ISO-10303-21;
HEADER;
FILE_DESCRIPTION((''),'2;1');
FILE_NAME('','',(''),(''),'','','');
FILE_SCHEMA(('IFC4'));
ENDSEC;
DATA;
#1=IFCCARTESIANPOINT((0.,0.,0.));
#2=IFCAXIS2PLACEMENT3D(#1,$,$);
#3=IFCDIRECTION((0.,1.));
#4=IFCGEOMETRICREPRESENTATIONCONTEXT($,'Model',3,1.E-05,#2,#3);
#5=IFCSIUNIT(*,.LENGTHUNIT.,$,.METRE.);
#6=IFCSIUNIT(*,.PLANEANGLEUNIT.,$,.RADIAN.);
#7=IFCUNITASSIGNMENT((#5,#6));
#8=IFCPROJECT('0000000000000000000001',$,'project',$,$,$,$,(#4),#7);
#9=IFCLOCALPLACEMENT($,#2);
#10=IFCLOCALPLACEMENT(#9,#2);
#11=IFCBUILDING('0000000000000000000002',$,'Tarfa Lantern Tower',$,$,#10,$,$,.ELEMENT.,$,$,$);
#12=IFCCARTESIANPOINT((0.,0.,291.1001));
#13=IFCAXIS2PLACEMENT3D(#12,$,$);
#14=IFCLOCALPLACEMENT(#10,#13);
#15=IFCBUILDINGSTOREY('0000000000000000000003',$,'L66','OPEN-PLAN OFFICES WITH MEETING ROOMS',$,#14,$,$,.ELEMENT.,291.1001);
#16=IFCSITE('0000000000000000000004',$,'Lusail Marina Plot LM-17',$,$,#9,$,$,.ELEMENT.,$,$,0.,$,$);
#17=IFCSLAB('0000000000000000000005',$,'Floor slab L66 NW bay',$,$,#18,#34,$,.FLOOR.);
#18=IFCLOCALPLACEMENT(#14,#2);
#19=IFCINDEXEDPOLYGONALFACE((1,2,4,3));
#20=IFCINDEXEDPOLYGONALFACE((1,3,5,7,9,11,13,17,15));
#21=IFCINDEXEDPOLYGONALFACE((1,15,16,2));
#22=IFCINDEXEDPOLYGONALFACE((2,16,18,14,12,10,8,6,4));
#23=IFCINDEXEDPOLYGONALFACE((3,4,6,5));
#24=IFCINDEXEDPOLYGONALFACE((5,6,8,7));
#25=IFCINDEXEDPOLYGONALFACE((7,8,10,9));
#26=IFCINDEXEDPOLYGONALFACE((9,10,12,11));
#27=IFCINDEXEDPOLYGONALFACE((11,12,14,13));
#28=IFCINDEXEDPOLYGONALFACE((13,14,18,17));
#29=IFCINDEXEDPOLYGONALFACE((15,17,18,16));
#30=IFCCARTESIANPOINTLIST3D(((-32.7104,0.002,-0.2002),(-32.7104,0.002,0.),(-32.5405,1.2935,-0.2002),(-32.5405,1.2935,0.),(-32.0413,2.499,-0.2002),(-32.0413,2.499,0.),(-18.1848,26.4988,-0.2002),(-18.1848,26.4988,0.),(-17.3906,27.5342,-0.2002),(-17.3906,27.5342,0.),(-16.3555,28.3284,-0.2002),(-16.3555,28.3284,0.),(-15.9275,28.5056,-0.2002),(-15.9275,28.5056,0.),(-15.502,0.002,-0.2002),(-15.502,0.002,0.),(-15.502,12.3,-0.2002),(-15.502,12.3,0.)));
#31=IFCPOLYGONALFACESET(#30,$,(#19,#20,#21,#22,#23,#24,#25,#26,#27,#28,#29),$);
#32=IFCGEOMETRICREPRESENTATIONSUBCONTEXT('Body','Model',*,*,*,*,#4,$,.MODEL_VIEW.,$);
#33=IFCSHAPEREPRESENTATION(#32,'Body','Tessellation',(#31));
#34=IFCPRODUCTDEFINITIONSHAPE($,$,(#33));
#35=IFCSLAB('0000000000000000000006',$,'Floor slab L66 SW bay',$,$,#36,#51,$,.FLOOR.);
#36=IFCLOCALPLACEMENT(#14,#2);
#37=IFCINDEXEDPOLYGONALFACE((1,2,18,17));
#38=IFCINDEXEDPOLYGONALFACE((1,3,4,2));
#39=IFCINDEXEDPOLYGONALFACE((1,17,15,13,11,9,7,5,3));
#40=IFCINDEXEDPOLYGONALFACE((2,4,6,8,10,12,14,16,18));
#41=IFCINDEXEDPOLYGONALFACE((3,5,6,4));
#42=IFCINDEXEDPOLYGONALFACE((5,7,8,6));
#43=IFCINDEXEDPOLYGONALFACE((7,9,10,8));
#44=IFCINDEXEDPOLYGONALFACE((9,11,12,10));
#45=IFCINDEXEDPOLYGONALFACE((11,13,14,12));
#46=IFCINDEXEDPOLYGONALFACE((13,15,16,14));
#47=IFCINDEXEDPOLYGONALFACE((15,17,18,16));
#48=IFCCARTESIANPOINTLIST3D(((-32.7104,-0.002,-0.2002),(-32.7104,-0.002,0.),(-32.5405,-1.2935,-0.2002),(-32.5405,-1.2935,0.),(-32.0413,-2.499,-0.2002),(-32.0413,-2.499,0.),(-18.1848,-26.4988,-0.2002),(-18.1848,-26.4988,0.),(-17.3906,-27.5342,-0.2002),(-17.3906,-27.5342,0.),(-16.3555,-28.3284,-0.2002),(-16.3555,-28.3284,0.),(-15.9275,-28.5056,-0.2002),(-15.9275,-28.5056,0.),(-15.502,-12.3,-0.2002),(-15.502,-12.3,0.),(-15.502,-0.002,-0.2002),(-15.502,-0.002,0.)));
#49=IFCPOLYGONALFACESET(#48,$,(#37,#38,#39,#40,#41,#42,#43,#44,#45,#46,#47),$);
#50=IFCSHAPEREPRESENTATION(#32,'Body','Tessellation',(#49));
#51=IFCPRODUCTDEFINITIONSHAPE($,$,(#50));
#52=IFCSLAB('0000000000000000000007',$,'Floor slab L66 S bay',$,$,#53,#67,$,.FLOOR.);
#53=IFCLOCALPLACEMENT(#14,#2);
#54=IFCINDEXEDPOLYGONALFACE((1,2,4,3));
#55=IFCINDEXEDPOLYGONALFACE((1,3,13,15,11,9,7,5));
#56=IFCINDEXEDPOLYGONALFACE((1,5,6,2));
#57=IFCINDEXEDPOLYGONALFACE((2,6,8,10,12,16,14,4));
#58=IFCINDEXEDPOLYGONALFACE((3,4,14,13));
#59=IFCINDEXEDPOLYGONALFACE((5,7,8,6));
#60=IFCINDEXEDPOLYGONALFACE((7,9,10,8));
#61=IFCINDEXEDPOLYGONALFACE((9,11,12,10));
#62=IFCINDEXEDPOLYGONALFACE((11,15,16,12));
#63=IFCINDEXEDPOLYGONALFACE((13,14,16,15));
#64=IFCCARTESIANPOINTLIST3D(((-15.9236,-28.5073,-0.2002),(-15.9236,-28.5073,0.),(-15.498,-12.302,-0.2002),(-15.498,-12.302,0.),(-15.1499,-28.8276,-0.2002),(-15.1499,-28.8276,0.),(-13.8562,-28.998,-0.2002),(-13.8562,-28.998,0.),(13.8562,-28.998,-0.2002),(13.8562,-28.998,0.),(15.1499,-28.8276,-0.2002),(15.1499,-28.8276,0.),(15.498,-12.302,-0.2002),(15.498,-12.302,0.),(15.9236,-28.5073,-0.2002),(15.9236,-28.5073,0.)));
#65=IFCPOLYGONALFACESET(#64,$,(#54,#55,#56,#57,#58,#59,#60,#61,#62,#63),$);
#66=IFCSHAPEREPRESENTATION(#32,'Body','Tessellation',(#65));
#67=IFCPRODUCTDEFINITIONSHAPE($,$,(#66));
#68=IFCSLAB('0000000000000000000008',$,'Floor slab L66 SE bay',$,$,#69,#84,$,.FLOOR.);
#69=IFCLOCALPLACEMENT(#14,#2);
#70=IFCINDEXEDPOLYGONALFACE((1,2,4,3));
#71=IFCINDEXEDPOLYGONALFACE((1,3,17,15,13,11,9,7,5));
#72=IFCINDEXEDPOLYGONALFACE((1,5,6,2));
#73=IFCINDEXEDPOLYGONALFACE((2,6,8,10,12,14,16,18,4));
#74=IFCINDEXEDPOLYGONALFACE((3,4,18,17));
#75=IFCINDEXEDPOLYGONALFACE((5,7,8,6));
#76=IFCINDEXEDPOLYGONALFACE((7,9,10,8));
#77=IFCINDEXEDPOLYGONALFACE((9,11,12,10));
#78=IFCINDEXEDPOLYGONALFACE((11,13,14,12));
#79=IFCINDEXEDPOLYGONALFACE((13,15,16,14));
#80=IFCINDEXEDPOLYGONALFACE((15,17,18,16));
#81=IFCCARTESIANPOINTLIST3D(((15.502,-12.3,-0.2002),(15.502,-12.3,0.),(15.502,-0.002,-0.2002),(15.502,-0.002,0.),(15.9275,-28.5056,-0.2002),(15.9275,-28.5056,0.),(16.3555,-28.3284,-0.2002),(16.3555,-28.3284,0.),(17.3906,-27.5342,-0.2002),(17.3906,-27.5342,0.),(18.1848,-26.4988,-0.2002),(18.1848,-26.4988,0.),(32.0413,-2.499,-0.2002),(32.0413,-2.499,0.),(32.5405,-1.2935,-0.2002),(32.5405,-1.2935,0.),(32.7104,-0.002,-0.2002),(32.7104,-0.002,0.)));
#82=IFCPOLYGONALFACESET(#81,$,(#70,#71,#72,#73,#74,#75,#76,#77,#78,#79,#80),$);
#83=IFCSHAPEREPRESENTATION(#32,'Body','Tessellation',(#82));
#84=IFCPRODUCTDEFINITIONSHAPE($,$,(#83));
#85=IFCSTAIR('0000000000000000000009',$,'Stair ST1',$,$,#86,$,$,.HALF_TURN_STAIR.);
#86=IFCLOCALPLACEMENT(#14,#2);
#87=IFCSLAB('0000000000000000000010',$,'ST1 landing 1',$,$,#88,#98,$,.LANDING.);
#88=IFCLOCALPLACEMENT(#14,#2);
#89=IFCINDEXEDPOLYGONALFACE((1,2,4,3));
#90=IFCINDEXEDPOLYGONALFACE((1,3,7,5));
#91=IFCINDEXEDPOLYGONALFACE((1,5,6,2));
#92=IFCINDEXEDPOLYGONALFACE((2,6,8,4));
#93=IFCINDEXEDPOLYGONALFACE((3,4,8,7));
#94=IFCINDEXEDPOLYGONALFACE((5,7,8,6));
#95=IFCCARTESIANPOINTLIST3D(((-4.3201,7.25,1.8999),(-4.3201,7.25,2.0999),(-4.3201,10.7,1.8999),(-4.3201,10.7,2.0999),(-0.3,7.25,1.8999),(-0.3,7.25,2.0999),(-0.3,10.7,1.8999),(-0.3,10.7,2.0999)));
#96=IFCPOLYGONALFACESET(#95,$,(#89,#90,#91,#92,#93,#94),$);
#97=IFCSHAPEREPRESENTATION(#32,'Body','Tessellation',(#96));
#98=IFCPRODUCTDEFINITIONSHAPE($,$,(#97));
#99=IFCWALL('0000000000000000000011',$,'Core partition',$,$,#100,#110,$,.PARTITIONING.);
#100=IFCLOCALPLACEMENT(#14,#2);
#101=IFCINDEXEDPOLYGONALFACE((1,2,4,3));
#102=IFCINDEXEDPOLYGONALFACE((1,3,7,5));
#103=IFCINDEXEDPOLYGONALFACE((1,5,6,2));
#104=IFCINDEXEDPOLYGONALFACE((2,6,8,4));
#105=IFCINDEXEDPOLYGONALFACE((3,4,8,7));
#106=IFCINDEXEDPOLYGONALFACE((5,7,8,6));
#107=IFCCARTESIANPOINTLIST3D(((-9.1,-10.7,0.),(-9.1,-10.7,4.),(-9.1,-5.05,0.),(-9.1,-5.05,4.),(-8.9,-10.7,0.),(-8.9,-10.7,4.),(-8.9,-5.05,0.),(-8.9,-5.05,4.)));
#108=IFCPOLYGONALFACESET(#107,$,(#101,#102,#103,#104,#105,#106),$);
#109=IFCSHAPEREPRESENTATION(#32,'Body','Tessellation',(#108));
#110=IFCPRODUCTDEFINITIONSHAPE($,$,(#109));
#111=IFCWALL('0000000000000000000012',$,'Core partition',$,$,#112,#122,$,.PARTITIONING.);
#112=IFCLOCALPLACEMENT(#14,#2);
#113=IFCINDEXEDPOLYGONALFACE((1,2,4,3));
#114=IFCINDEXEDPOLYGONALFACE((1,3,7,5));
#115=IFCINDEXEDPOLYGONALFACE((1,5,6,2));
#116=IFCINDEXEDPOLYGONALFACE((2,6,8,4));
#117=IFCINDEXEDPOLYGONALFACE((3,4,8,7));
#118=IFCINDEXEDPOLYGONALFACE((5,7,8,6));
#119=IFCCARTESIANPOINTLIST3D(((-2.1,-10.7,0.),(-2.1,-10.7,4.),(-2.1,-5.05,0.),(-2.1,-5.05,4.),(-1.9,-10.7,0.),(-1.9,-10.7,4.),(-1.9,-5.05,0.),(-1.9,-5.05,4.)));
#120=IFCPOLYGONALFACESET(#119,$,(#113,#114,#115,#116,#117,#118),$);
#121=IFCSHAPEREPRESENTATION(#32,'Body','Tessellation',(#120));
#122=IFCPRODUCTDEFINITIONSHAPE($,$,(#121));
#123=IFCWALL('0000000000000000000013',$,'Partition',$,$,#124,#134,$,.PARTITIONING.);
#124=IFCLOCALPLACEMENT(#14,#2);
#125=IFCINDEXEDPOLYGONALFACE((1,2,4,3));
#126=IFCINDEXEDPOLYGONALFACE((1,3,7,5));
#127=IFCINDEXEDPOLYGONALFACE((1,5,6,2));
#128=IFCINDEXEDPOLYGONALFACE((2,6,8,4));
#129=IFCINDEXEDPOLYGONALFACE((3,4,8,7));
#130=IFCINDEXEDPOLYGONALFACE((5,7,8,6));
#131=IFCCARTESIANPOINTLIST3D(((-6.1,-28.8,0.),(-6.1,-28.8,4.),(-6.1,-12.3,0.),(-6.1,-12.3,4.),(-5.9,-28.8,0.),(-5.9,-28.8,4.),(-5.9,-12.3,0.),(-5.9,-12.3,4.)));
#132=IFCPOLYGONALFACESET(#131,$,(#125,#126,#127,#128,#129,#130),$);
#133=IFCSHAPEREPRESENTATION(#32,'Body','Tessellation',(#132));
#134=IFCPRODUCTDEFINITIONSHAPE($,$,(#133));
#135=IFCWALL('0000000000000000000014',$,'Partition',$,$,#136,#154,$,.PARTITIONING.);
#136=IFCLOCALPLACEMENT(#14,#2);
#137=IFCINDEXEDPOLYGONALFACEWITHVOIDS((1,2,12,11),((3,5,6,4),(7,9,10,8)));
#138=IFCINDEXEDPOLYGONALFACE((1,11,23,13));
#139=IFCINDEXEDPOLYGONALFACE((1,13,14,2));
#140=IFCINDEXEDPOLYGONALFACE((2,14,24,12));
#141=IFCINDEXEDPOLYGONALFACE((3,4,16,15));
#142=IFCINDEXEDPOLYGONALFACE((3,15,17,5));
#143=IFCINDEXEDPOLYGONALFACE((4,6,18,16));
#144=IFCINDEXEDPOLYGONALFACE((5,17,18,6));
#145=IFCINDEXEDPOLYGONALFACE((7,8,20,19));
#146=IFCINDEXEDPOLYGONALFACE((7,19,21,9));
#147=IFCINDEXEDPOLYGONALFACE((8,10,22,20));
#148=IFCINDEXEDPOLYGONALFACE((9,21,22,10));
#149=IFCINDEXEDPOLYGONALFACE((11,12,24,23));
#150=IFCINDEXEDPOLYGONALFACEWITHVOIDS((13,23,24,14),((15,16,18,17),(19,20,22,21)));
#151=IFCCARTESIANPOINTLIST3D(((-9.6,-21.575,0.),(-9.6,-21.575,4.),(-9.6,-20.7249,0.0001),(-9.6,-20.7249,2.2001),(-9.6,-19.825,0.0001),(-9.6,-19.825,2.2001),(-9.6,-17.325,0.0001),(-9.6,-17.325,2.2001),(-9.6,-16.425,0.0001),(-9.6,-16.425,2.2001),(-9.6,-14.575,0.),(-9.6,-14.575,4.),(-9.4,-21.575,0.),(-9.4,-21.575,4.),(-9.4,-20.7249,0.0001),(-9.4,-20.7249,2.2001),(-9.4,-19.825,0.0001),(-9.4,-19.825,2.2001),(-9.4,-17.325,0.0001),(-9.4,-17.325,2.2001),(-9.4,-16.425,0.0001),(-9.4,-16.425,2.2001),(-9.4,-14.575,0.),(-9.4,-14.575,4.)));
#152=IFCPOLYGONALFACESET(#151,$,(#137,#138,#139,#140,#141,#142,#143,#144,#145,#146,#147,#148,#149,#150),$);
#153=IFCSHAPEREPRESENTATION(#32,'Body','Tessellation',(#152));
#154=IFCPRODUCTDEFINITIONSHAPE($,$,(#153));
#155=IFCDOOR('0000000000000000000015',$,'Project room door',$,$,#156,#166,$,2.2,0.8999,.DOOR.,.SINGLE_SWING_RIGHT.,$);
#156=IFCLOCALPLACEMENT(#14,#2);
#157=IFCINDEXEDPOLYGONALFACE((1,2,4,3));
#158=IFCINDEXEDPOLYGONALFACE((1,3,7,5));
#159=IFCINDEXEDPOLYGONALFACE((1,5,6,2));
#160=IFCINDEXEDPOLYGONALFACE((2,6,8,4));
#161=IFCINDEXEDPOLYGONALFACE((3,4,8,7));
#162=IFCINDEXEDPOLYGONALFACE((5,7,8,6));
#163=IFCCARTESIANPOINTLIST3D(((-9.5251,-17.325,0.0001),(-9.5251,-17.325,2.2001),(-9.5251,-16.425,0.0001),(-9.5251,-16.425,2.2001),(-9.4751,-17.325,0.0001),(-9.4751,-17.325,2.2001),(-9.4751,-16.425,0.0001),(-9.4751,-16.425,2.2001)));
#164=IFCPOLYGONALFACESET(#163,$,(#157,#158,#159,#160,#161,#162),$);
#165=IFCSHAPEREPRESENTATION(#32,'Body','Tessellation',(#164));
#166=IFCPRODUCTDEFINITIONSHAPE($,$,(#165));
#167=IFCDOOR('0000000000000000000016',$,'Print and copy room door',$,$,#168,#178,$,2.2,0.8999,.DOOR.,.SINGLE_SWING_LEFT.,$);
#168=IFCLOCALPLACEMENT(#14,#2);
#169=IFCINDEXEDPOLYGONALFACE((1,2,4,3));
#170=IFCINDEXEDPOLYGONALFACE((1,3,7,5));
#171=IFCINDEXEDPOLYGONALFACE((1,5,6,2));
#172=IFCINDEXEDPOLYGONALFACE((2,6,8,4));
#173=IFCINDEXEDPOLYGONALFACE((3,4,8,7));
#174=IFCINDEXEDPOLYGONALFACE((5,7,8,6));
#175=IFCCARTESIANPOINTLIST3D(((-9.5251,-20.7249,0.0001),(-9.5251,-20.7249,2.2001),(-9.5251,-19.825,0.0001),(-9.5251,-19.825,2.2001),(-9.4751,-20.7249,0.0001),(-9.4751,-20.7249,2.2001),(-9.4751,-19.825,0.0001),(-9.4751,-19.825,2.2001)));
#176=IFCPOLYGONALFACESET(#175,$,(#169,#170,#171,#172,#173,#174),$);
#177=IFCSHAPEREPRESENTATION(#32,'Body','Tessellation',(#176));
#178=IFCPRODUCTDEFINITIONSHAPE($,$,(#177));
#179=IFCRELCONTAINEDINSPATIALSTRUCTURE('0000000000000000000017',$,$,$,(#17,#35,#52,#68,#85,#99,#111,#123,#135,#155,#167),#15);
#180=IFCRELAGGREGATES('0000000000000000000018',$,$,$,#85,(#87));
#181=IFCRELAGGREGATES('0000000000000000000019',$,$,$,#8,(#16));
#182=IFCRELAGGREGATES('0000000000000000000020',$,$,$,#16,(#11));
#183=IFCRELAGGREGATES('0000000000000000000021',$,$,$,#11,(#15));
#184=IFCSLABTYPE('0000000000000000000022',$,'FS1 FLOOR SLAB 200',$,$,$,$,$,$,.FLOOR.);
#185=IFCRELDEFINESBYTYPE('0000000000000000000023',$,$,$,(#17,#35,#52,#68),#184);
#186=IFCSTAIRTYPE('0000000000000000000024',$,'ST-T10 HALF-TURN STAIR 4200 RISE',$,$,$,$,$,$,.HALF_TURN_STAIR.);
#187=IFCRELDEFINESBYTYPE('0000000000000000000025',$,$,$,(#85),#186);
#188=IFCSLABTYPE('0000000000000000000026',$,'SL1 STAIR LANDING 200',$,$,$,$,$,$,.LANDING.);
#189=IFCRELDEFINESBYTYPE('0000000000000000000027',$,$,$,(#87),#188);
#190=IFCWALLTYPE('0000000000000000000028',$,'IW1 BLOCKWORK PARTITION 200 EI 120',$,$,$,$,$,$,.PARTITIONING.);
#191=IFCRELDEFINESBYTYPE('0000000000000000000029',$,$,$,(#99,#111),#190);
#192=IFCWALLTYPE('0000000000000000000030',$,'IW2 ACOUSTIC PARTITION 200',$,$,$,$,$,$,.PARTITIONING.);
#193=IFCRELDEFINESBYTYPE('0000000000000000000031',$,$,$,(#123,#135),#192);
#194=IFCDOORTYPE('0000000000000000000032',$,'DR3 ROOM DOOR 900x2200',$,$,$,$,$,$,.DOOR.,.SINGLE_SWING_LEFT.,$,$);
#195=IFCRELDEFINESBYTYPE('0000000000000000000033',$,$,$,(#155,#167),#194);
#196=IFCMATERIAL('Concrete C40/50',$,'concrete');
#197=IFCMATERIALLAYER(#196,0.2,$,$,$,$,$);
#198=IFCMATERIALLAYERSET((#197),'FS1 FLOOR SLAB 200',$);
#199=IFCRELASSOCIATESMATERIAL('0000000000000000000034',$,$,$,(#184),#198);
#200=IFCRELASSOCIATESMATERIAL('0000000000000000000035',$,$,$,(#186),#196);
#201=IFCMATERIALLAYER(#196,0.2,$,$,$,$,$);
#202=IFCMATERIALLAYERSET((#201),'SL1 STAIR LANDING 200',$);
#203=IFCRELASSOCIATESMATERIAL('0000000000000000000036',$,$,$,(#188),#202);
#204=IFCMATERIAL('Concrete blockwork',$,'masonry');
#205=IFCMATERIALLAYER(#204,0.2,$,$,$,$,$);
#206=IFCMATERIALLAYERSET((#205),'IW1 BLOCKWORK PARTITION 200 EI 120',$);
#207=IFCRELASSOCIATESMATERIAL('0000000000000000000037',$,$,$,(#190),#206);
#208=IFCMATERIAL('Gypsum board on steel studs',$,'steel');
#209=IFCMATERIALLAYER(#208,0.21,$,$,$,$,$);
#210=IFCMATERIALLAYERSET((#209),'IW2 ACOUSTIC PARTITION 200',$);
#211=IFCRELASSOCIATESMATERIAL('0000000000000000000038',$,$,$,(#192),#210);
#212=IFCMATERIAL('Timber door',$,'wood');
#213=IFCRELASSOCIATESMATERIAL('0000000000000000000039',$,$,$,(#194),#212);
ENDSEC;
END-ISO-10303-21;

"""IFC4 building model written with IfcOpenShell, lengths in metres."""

from ifc_helpers import new_model, si_unit, direction, frame, frame_2d, origin, place, context, subcontext, project, spatial, polyline, rectangle, outline, extrude, material, layer, layer_set, type_object, element, fill, aggregate, save


model = new_model("IFC4")

# Units and contexts
model_context = context("Model", 3, precision=1e-05, world=origin(), true_north=direction((0.0, 1.0)))
body_context = subcontext(model_context, "Body", "Model", "MODEL_VIEW")
ifc_project = project(units=[si_unit("LENGTHUNIT", "METRE"), si_unit("PLANEANGLEUNIT", "RADIAN")], contexts=[model_context])

# Site, building, storey
site_placement = place(None, origin())
site = spatial("IfcSite", under=ifc_project, at=site_placement, Name="Lusail Marina Plot LM-17", CompositionType="ELEMENT", RefElevation=0.0)
building_placement = place(site_placement, origin())
building = spatial("IfcBuilding", under=site, at=building_placement, Name="Tarfa Lantern Tower", CompositionType="ELEMENT")
storey_placement = place(building_placement, frame((0.0, 0.0, 291.1001)))
storey = spatial("IfcBuildingStorey", under=building, at=storey_placement, Name="L66", Description="OPEN-PLAN OFFICES WITH MEETING ROOMS", CompositionType="ELEMENT", Elevation=291.1001)

# Slabs
ifc_material_1 = material(Name="Concrete C40/50", Category="concrete")
ifc_layer_1 = layer(ifc_material_1, 0.2)
ifc_layer_set_1 = layer_set([ifc_layer_1], Name="FS1 FLOOR SLAB 200")
slab_type_1 = type_object("IfcSlabType", Name="FS1 FLOOR SLAB 200", PredefinedType="FLOOR", material=ifc_layer_set_1)
slab_1_placement = place(storey_placement, frame((0.0, 0.0, -0.2002)))
element("IfcSlab", 1, at=slab_1_placement, inside=storey, type_object=slab_type_1, Name="Floor slab L66 NW bay", PredefinedType="FLOOR", context=body_context, shape_type="SweptSolid", body=[
    extrude(outline(polyline([(-15.502, 0.002), (-15.502, 12.3), (-15.9275, 28.5056), (-16.3555, 28.3284), (-17.3906, 27.5342), (-18.1848, 26.4988), (-32.0413, 2.499), (-32.5405, 1.2935), (-32.7104, 0.002), (-15.502, 0.002)])), origin(), (0.0, 0.0, 1.0), 0.2002),
])
slab_2_placement = place(storey_placement, frame((0.0, 0.0, -0.2002)))
element("IfcSlab", 2, at=slab_2_placement, inside=storey, type_object=slab_type_1, Name="Floor slab L66 SW bay", PredefinedType="FLOOR", context=body_context, shape_type="SweptSolid", body=[
    extrude(outline(polyline([(-15.502, -12.3), (-15.502, -0.002), (-32.7104, -0.002), (-32.5405, -1.2935), (-32.0413, -2.499), (-18.1848, -26.4988), (-17.3906, -27.5342), (-16.3555, -28.3284), (-15.9275, -28.5056), (-15.502, -12.3)])), origin(), (0.0, 0.0, 1.0), 0.2002),
])
slab_3_placement = place(storey_placement, frame((0.0, 0.0, -0.2002)))
element("IfcSlab", 3, at=slab_3_placement, inside=storey, type_object=slab_type_1, Name="Floor slab L66 S bay", PredefinedType="FLOOR", context=body_context, shape_type="SweptSolid", body=[
    extrude(outline(polyline([(15.498, -12.302), (-15.498, -12.302), (-15.9236, -28.5073), (-15.1499, -28.8276), (-13.8562, -28.998), (13.8562, -28.998), (15.1499, -28.8276), (15.9236, -28.5073), (15.498, -12.302)])), origin(), (0.0, 0.0, 1.0), 0.2002),
])
slab_4_placement = place(storey_placement, frame((0.0, 0.0, -0.2002)))
element("IfcSlab", 4, at=slab_4_placement, inside=storey, type_object=slab_type_1, Name="Floor slab L66 SE bay", PredefinedType="FLOOR", context=body_context, shape_type="SweptSolid", body=[
    extrude(outline(polyline([(15.502, -0.002), (15.502, -12.3), (15.9275, -28.5056), (16.3555, -28.3284), (17.3906, -27.5342), (18.1848, -26.4988), (32.0413, -2.499), (32.5405, -1.2935), (32.7104, -0.002), (15.502, -0.002)])), origin(), (0.0, 0.0, 1.0), 0.2002),
])

# Stair, slab
stair_type = type_object("IfcStairType", Name="ST-T10 HALF-TURN STAIR 4200 RISE", PredefinedType="HALF_TURN_STAIR", material=ifc_material_1)
stair_placement = place(storey_placement, origin())
stair = element("IfcStair", 5, at=stair_placement, inside=storey, type_object=stair_type, Name="Stair ST1", PredefinedType="HALF_TURN_STAIR")
ifc_layer_2 = layer(ifc_material_1, 0.2)
ifc_layer_set_2 = layer_set([ifc_layer_2], Name="SL1 STAIR LANDING 200")
slab_type_2 = type_object("IfcSlabType", Name="SL1 STAIR LANDING 200", PredefinedType="LANDING", material=ifc_layer_set_2)
slab_5_placement = place(storey_placement, frame((0.0, 0.0, 1.8999)))
slab_5 = element("IfcSlab", 6, at=slab_5_placement, type_object=slab_type_2, Name="ST1 landing 1", PredefinedType="LANDING", context=body_context, shape_type="SweptSolid", body=[
    extrude(outline(polyline([(-4.3201, 7.25), (-0.3, 7.25), (-0.3, 10.7), (-4.3201, 10.7), (-4.3201, 7.25)])), origin(), (0.0, 0.0, 1.0), 0.2),
])
aggregate(stair, [slab_5])

# Walls
ifc_material_2 = material(Name="Concrete blockwork", Category="masonry")
ifc_layer_3 = layer(ifc_material_2, 0.2)
ifc_layer_set_3 = layer_set([ifc_layer_3], Name="IW1 BLOCKWORK PARTITION 200 EI 120")
wall_type_1 = type_object("IfcWallType", Name="IW1 BLOCKWORK PARTITION 200 EI 120", PredefinedType="PARTITIONING", material=ifc_layer_set_3)
for number, where, z_axis, x_axis, name in (
    (7, (-9.0, -5.05, 0.0), (0.0, 0.0, 1.0), (0.0, -1.0, 0.0), "Core partition"),
    (8, (-2.0, -5.05, 0.0), (0.0, 0.0, 1.0), (0.0, -1.0, 0.0), "Core partition"),
):
    element("IfcWall", number, at=place(storey_placement, frame(where, z_axis=z_axis, x_axis=x_axis)), inside=storey, type_object=wall_type_1, Name=name, PredefinedType="PARTITIONING", context=body_context, shape_type="SweptSolid", body=[
        extrude(rectangle(XDim=5.6499, YDim=0.2, at=frame_2d((2.825, 0.0))), origin(), (0.0, 0.0, 1.0), 4.0),
    ])
ifc_material_3 = material(Name="Gypsum board on steel studs", Category="steel")
ifc_layer_4 = layer(ifc_material_3, 0.21)
ifc_layer_set_4 = layer_set([ifc_layer_4], Name="IW2 ACOUSTIC PARTITION 200")
wall_type_2 = type_object("IfcWallType", Name="IW2 ACOUSTIC PARTITION 200", PredefinedType="PARTITIONING", material=ifc_layer_set_4)
wall_1_placement = place(storey_placement, frame((-6.0, -12.3, 0.0), z_axis=(0.0, 0.0, 1.0), x_axis=(0.0, -1.0, 0.0)))
element("IfcWall", 9, at=wall_1_placement, inside=storey, type_object=wall_type_2, Name="Partition", PredefinedType="PARTITIONING", context=body_context, shape_type="SweptSolid", body=[
    extrude(rectangle(XDim=16.5, YDim=0.2, at=frame_2d((8.25, 0.0))), origin(), (0.0, 0.0, 1.0), 4.0),
])

# Wall, openings, doors
wall_2_placement = place(storey_placement, frame((-9.5, -14.575, 0.0), z_axis=(0.0, 0.0, 1.0), x_axis=(0.0, -1.0, 0.0)))
wall_2 = element("IfcWall", 10, at=wall_2_placement, inside=storey, type_object=wall_type_2, Name="Partition", PredefinedType="PARTITIONING", context=body_context, shape_type="SweptSolid", body=[
    extrude(rectangle(XDim=7.0, YDim=0.2, at=frame_2d((3.5, 0.0))), origin(), (0.0, 0.0, 1.0), 4.0),
])
opening_1_placement = place(wall_2_placement, frame((1.8501, 0.0, 0.0)))
opening_1 = element("IfcOpeningElement", 11, at=opening_1_placement, cuts=wall_2, PredefinedType="OPENING", context=body_context, shape_type="SweptSolid", body=[
    extrude(rectangle(XDim=0.8999, YDim=2.2, at=frame_2d((0.45, 1.1001))), frame((0.0, 0.1099, 0.0), z_axis=(0.0, -1.0, 0.0), x_axis=(1.0, 0.0, 0.0)), (0.0, 0.0, 1.0), 0.22),
])
opening_2_placement = place(wall_2_placement, frame((5.25, 0.0, 0.0)))
opening_2 = element("IfcOpeningElement", 12, at=opening_2_placement, cuts=wall_2, PredefinedType="OPENING", context=body_context, shape_type="SweptSolid", body=[
    extrude(rectangle(XDim=0.8999, YDim=2.2, at=frame_2d((0.45, 1.1001))), frame((0.0, 0.1099, 0.0), z_axis=(0.0, -1.0, 0.0), x_axis=(1.0, 0.0, 0.0)), (0.0, 0.0, 1.0), 0.22),
])
ifc_material_4 = material(Name="Timber door", Category="wood")
door_type_1 = type_object("IfcDoorType", Name="DR3 ROOM DOOR 900x2200", OperationType="SINGLE_SWING_LEFT", PredefinedType="DOOR", material=ifc_material_4)
door_1_placement = place(opening_1_placement, origin())
door_1 = element("IfcDoor", 13, at=door_1_placement, inside=storey, type_object=door_type_1, Name="Project room door", OperationType="SINGLE_SWING_RIGHT", OverallHeight=2.2, OverallWidth=0.8999, PredefinedType="DOOR", context=body_context, shape_type="SweptSolid", body=[
    extrude(rectangle(XDim=0.8999, YDim=2.2, at=frame_2d((0.45, 1.1001))), frame((0.0, 0.0249, 0.0), z_axis=(0.0, -1.0, 0.0), x_axis=(1.0, 0.0, 0.0)), (0.0, 0.0, 1.0), 0.05),
])
fill(opening_1, door_1)
door_2_placement = place(opening_2_placement, origin())
door_2 = element("IfcDoor", 14, at=door_2_placement, inside=storey, type_object=door_type_1, Name="Print and copy room door", OperationType="SINGLE_SWING_LEFT", OverallHeight=2.2, OverallWidth=0.8999, PredefinedType="DOOR", context=body_context, shape_type="SweptSolid", body=[
    extrude(rectangle(XDim=0.8999, YDim=2.2, at=frame_2d((0.45, 1.1001))), frame((0.0, 0.0249, 0.0), z_axis=(0.0, -1.0, 0.0), x_axis=(1.0, 0.0, 0.0)), (0.0, 0.0, 1.0), 0.05),
])
fill(opening_2, door_2)

save(model, "model.ifc")
